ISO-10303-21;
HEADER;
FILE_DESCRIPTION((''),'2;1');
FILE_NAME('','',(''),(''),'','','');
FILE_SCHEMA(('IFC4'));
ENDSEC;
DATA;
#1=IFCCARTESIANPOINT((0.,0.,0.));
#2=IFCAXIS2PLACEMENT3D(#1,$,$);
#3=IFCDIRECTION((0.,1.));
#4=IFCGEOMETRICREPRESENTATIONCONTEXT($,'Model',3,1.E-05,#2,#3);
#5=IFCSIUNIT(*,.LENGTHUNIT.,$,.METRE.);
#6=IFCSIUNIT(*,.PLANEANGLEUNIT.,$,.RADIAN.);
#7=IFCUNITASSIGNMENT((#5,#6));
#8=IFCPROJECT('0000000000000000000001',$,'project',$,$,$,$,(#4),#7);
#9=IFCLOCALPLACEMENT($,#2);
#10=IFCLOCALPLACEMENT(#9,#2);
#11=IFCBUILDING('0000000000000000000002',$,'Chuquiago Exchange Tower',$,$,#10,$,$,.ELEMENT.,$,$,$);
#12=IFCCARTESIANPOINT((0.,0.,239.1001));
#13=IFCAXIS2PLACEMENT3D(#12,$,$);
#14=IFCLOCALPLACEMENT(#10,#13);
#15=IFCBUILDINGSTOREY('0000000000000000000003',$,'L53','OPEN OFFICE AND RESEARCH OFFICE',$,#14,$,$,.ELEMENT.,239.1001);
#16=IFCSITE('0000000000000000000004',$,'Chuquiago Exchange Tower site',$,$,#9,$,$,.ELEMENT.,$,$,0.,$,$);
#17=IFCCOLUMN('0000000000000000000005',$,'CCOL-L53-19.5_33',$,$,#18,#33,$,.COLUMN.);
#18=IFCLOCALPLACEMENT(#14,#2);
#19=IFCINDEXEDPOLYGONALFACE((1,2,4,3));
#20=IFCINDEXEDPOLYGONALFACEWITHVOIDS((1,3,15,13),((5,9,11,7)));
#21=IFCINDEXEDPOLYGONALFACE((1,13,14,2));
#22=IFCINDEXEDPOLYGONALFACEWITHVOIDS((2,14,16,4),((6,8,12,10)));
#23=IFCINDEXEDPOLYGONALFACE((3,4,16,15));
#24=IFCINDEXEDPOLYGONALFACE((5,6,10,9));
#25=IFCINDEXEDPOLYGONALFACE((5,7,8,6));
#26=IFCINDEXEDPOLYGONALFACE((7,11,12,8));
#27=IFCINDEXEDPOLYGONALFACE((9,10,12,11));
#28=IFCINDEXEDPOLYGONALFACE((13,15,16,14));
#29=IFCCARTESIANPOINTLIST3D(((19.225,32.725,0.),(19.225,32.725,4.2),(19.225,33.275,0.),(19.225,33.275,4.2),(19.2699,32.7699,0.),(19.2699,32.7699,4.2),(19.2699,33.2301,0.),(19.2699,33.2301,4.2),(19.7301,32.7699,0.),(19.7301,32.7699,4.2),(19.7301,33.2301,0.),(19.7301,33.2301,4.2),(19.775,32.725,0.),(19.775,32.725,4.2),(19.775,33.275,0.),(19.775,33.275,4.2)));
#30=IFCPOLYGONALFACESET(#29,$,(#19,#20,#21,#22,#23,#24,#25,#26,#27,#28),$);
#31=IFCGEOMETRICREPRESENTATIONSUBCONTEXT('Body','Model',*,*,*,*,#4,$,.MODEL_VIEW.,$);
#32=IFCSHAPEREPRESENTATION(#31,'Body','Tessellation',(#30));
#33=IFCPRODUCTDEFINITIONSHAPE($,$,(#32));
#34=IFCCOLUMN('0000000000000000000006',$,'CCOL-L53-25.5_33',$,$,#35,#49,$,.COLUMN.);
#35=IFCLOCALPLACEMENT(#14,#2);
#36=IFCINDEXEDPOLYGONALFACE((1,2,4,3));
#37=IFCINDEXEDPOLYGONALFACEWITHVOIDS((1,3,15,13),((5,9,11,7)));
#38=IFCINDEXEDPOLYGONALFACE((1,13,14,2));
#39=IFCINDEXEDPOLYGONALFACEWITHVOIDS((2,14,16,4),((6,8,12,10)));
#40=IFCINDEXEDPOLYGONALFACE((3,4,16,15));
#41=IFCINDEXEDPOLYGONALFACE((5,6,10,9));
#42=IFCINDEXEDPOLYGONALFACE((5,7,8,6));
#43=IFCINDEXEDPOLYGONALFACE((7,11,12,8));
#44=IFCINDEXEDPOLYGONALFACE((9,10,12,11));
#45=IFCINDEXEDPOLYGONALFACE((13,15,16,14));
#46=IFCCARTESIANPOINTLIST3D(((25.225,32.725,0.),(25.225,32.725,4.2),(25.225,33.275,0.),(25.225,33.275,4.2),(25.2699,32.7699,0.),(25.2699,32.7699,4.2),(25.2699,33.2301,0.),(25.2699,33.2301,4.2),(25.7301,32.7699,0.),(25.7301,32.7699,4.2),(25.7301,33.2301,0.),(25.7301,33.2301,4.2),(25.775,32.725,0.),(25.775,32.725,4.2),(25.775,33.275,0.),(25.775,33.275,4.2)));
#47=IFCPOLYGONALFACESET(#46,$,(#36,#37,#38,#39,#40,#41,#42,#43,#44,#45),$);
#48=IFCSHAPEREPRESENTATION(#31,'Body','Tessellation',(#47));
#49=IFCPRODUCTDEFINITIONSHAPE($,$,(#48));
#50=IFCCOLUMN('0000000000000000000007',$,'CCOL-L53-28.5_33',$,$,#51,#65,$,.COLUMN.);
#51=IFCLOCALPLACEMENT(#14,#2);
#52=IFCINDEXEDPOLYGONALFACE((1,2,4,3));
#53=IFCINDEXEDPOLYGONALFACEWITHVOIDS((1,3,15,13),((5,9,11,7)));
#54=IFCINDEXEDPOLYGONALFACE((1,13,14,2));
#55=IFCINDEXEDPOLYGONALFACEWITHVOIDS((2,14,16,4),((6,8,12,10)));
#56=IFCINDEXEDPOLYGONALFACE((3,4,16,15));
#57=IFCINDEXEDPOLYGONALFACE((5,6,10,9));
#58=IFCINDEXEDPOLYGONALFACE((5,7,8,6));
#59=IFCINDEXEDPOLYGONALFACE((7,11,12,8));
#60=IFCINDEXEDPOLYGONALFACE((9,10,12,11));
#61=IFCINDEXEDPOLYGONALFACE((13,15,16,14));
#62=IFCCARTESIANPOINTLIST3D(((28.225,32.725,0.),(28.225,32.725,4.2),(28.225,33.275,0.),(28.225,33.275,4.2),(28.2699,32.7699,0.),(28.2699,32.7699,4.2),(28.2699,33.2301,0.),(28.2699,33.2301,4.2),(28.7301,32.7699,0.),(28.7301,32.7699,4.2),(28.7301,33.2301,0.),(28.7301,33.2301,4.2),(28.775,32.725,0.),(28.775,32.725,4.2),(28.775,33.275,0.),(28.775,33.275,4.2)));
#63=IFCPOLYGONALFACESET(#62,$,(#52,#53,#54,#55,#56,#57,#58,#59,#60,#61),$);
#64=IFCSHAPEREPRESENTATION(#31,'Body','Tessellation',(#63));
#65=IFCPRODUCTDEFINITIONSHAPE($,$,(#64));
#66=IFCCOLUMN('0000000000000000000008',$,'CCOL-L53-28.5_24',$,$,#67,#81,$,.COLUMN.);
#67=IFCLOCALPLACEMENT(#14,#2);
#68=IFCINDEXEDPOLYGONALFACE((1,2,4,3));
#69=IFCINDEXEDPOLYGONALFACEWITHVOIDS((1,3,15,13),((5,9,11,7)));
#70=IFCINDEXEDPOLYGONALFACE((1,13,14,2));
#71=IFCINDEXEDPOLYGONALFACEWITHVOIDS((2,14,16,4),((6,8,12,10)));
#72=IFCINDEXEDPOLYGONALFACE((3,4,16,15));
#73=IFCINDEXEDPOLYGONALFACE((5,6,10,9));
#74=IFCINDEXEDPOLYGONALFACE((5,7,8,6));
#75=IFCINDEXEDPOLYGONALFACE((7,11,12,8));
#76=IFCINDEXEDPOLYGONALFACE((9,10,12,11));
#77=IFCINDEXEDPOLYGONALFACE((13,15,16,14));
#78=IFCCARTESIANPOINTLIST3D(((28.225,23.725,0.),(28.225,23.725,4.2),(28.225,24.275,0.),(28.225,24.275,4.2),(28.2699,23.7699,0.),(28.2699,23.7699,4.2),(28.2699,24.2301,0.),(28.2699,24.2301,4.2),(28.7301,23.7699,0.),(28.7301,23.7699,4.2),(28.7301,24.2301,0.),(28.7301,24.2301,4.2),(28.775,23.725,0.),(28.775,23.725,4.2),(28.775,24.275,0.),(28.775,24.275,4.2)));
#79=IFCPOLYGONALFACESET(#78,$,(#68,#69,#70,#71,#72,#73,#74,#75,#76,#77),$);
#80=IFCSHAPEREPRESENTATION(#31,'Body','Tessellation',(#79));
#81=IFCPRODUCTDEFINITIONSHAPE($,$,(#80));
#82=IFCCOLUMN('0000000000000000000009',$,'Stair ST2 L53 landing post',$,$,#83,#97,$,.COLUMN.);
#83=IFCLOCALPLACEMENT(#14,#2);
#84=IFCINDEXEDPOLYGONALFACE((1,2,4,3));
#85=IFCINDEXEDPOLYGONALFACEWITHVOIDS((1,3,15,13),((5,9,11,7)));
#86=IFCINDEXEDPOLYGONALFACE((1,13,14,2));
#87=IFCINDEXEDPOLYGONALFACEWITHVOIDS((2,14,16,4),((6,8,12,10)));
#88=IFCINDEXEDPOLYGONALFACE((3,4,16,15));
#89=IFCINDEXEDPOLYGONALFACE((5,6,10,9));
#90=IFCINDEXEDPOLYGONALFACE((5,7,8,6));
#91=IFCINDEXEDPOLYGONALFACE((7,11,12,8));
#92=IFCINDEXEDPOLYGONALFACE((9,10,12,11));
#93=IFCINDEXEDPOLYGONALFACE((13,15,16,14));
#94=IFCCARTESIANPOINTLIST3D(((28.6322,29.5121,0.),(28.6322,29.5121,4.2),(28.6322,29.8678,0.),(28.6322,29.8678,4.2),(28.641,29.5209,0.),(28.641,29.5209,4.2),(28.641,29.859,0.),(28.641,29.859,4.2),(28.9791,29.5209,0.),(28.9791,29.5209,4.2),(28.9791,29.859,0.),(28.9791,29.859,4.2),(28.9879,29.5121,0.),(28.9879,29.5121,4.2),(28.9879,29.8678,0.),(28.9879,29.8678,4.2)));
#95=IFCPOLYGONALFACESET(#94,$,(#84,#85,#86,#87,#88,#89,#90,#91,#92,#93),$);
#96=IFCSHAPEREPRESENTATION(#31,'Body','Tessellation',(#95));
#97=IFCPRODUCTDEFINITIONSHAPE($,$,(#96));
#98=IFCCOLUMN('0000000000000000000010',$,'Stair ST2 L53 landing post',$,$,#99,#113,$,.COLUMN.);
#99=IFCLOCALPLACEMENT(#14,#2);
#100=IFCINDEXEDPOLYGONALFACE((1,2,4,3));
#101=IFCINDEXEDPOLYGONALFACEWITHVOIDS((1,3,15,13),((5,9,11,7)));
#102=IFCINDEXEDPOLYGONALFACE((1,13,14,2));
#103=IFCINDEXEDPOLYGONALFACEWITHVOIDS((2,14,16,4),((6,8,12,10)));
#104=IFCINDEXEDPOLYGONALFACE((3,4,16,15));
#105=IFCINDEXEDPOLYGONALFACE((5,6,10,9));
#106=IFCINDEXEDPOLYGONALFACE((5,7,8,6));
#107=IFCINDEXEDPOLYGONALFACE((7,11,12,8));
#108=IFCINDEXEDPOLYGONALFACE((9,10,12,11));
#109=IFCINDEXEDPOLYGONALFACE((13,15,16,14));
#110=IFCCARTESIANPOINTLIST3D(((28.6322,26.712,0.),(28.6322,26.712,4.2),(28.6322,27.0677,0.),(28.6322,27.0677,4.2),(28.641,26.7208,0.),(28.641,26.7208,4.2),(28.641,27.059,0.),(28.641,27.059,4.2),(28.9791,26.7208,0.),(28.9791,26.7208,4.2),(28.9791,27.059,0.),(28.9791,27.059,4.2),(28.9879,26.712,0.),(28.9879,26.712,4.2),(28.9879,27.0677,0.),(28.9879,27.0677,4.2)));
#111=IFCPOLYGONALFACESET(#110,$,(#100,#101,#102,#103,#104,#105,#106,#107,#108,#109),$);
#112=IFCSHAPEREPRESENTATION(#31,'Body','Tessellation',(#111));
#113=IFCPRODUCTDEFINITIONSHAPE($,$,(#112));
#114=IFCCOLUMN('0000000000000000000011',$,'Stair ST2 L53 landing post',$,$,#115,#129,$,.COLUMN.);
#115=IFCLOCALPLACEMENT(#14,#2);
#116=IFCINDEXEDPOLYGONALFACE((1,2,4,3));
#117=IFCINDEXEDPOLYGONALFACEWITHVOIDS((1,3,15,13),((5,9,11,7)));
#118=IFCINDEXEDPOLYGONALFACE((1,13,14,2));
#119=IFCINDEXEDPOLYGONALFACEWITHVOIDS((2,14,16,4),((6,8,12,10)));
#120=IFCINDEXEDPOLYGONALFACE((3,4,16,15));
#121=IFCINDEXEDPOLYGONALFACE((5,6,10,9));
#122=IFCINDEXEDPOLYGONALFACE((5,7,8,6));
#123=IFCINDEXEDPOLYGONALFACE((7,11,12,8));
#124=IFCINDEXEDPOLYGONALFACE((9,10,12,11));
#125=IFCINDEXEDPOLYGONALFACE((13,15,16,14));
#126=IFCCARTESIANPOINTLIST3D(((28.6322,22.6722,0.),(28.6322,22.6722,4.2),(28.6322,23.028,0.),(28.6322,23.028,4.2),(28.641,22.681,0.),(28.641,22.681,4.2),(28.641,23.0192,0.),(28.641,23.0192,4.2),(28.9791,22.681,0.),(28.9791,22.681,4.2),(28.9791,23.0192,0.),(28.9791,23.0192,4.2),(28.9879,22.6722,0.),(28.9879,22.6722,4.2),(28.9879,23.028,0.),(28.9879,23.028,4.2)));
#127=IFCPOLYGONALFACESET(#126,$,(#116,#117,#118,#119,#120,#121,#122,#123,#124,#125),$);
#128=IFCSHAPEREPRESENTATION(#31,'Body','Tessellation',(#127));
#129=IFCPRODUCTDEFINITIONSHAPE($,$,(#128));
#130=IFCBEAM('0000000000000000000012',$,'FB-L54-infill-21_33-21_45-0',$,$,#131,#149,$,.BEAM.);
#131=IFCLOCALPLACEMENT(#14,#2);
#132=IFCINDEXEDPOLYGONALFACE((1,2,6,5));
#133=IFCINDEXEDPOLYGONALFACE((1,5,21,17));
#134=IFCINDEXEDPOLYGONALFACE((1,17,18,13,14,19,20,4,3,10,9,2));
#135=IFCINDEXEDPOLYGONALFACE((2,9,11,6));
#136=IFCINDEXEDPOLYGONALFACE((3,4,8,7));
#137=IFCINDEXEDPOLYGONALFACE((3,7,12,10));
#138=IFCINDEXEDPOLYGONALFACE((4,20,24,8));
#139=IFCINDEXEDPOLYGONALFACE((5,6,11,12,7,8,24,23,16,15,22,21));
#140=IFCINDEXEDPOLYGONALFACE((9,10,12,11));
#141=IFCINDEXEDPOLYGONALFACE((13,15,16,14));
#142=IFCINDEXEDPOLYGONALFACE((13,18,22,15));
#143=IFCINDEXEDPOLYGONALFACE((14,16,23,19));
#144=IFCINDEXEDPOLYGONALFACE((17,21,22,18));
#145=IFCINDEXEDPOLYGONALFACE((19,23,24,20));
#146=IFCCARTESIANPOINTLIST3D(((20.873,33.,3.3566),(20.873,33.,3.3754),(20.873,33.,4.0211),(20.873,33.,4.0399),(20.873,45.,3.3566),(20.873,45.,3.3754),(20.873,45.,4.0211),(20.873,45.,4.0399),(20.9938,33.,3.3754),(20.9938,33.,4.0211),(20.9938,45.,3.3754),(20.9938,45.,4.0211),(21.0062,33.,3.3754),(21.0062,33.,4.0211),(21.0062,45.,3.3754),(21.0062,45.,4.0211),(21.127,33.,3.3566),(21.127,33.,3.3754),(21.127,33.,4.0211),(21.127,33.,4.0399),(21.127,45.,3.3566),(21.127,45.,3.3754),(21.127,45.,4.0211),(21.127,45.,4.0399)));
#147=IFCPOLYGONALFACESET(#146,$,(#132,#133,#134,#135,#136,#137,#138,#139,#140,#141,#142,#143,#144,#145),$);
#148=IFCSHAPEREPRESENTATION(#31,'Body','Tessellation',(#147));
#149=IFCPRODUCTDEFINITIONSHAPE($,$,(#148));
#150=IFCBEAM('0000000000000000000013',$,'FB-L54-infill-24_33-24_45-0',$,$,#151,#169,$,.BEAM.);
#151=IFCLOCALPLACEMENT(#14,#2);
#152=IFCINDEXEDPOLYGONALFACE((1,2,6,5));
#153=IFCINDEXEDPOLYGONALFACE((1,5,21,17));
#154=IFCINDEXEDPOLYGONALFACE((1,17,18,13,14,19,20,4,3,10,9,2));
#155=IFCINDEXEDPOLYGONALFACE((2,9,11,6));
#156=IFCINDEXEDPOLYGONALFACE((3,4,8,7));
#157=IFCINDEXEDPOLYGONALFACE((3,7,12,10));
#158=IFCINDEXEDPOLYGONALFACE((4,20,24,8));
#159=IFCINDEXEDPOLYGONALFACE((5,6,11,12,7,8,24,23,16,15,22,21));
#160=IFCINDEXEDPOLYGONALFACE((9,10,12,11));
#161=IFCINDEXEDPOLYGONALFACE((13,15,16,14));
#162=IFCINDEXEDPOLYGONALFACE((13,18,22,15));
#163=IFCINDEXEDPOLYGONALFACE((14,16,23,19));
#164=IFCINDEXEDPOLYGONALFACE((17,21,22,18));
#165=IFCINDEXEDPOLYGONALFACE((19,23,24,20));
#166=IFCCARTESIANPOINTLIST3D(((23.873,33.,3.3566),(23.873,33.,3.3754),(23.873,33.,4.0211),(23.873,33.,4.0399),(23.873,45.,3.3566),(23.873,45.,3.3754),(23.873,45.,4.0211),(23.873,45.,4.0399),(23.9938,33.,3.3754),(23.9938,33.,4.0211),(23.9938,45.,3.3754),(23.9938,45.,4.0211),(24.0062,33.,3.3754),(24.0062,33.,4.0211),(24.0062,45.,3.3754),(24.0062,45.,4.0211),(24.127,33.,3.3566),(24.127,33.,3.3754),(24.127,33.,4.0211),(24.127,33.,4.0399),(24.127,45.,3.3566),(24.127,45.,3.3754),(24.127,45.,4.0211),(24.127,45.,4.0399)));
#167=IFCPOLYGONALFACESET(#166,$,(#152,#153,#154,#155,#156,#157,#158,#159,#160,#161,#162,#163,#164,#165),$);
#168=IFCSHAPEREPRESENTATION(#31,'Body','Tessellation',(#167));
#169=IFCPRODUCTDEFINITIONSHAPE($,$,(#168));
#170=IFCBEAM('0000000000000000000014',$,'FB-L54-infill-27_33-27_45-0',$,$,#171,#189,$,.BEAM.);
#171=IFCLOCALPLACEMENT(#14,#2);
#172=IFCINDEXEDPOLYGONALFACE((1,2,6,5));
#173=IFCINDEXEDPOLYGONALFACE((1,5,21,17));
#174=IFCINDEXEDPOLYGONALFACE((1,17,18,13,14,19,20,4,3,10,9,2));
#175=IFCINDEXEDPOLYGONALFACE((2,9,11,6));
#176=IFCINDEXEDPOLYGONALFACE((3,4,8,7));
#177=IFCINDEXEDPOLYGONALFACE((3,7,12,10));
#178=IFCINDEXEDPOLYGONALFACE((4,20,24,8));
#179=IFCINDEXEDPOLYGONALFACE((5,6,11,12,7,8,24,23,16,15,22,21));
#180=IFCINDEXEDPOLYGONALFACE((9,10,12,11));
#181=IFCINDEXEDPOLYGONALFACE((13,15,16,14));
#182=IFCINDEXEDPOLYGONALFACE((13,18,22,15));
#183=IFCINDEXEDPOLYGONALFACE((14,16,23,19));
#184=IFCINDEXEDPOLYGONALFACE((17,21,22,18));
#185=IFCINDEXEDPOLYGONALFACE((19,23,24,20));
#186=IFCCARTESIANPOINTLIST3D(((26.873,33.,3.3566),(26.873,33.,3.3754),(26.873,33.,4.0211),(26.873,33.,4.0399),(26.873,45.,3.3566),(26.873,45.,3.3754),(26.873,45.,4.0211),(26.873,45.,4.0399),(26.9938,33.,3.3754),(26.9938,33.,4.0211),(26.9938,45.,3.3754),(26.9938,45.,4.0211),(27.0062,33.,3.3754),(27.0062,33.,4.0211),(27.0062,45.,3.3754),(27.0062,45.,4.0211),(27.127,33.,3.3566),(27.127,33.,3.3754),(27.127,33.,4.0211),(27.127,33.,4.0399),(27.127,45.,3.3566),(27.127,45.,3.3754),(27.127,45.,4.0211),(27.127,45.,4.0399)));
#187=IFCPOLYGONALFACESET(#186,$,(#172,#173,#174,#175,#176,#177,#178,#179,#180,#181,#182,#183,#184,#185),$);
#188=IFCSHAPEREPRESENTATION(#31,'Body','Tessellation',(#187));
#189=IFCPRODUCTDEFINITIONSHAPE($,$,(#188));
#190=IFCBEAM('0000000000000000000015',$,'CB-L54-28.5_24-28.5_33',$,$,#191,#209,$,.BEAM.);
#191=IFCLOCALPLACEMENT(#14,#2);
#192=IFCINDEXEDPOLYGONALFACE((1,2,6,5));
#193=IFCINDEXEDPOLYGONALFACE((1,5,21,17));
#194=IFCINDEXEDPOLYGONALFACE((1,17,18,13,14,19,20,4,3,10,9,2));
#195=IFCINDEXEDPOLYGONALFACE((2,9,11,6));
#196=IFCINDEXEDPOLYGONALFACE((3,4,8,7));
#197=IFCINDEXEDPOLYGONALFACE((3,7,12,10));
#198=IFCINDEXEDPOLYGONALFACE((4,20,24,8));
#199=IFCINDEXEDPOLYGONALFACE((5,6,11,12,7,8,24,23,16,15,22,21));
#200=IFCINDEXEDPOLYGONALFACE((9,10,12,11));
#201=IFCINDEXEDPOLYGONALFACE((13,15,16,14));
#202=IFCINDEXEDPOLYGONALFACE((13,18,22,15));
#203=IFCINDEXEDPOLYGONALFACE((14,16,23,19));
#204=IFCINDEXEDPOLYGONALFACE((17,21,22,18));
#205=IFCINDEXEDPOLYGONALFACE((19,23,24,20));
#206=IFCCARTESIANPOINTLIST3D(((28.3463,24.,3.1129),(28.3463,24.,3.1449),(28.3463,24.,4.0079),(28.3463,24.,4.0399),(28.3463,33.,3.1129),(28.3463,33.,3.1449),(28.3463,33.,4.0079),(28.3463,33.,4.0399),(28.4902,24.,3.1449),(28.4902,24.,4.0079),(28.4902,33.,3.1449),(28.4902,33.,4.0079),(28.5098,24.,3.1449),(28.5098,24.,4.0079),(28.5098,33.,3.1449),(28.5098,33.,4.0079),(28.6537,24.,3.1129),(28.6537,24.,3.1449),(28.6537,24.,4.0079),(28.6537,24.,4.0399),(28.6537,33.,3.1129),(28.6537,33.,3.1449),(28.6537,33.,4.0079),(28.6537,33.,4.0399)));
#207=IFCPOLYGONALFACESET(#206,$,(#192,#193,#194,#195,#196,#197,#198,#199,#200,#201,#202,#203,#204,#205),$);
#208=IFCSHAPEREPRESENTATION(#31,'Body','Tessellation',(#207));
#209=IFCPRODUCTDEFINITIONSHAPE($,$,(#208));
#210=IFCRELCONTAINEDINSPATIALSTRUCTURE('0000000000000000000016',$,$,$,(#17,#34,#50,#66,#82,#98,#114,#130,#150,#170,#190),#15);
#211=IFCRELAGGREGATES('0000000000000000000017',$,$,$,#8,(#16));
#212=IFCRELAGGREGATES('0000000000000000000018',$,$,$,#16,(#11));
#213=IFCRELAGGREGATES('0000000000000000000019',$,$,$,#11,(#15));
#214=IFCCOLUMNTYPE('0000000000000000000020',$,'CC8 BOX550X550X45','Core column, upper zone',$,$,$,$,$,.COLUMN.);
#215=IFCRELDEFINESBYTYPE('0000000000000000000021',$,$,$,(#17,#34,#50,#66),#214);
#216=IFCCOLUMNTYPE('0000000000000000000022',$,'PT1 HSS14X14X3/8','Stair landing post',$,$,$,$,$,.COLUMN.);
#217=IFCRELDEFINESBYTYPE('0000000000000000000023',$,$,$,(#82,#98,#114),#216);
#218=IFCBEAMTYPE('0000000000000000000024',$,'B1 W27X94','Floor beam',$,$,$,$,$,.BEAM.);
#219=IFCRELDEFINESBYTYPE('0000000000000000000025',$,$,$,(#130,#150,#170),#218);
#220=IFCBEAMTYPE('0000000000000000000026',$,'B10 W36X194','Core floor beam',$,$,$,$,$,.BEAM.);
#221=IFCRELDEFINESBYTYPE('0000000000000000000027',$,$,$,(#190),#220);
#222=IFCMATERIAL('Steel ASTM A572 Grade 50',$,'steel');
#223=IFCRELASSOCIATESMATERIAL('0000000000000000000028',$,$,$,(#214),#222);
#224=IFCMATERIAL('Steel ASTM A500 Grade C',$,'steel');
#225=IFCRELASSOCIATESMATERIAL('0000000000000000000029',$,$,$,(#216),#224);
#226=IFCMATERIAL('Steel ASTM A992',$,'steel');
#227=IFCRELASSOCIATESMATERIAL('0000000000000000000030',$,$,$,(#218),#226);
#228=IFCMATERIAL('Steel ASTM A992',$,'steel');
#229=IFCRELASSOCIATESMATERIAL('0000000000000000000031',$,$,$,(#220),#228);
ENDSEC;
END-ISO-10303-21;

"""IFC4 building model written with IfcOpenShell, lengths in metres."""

from ifc_helpers import new_model, si_unit, direction, frame, origin, origin_2d, place, context, subcontext, project, spatial, hollow_rectangle, i_section, extrude, material, material_profile, profile_set, type_object, element, save


model = new_model("IFC4")

# Units and contexts
model_context = context("Model", 3, precision=1e-05, world=origin(), true_north=direction((0.0, 1.0)))
body_context = subcontext(model_context, "Body", "Model", "MODEL_VIEW")
ifc_project = project(units=[si_unit("LENGTHUNIT", "METRE"), si_unit("PLANEANGLEUNIT", "RADIAN")], contexts=[model_context])

# Site, building, storey
site_placement = place(None, origin())
site = spatial("IfcSite", under=ifc_project, at=site_placement, Name="Chuquiago Exchange Tower site", CompositionType="ELEMENT", RefElevation=0.0)
building_placement = place(site_placement, origin())
building = spatial("IfcBuilding", under=site, at=building_placement, Name="Chuquiago Exchange Tower", CompositionType="ELEMENT")
storey_placement = place(building_placement, frame((0.0, 0.0, 239.1001)))
storey = spatial("IfcBuildingStorey", under=building, at=storey_placement, Name="L53", Description="OPEN OFFICE AND RESEARCH OFFICE", CompositionType="ELEMENT", Elevation=239.1001)

# Columns
ifc_material_1 = material(Name="Steel ASTM A572 Grade 50", Category="steel")
ifc_material_profile_1 = material_profile(ifc_material_1, hollow_rectangle(XDim=0.55, YDim=0.55, WallThickness=0.0449, at=origin_2d()), Name="BOX550X550X45")
ifc_profile_set_1 = profile_set([ifc_material_profile_1], Name="Steel ASTM A572 Grade 50")
column_type_1 = type_object("IfcColumnType", Name="CC8 BOX550X550X45", Description="Core column, upper zone", PredefinedType="COLUMN", material=ifc_profile_set_1)
for number, where, z_axis, x_axis, name in (
    (1, (19.5, 33.0, 0.0), (0.0, 0.0, 1.0), (1.0, 0.0, 0.0), "CCOL-L53-19.5_33"),
    (2, (25.5, 33.0, 0.0), (0.0, 0.0, 1.0), (1.0, 0.0, 0.0), "CCOL-L53-25.5_33"),
    (3, (28.5, 33.0, 0.0), (0.0, 0.0, 1.0), (1.0, 0.0, 0.0), "CCOL-L53-28.5_33"),
    (4, (28.5, 24.0, 0.0), (0.0, 0.0, 1.0), (1.0, 0.0, 0.0), "CCOL-L53-28.5_24"),
):
    element("IfcColumn", number, at=place(storey_placement, frame(where, z_axis=z_axis, x_axis=x_axis)), inside=storey, type_object=column_type_1, Name=name, PredefinedType="COLUMN", context=body_context, shape_type="SweptSolid", body=[
        extrude(hollow_rectangle(XDim=0.55, YDim=0.55, WallThickness=0.0449, at=origin_2d()), origin(), (0.0, 0.0, 1.0), 4.2),
    ])
ifc_material_2 = material(Name="Steel ASTM A500 Grade C", Category="steel")
ifc_material_profile_2 = material_profile(ifc_material_2, hollow_rectangle(XDim=0.3557, YDim=0.3557, WallThickness=0.0088, at=origin_2d()), Name="HSS14X14X3/8")
ifc_profile_set_2 = profile_set([ifc_material_profile_2], Name="Steel ASTM A500 Grade C")
column_type_2 = type_object("IfcColumnType", Name="PT1 HSS14X14X3/8", Description="Stair landing post", PredefinedType="COLUMN", material=ifc_profile_set_2)
for number, where, z_axis, x_axis, name in (
    (5, (28.8101, 29.6899, 0.0), (0.0, 0.0, 1.0), (1.0, 0.0, 0.0), "Stair ST2 L53 landing post"),
    (6, (28.8101, 26.8899, 0.0), (0.0, 0.0, 1.0), (1.0, 0.0, 0.0), "Stair ST2 L53 landing post"),
    (7, (28.8101, 22.8501, 0.0), (0.0, 0.0, 1.0), (1.0, 0.0, 0.0), "Stair ST2 L53 landing post"),
):
    element("IfcColumn", number, at=place(storey_placement, frame(where, z_axis=z_axis, x_axis=x_axis)), inside=storey, type_object=column_type_2, Name=name, PredefinedType="COLUMN", context=body_context, shape_type="SweptSolid", body=[
        extrude(hollow_rectangle(XDim=0.3557, YDim=0.3557, WallThickness=0.0088, at=origin_2d()), origin(), (0.0, 0.0, 1.0), 4.2),
    ])

# Beams
ifc_material_3 = material(Name="Steel ASTM A992", Category="steel")
ifc_material_profile_3 = material_profile(ifc_material_3, i_section(OverallWidth=0.2539, OverallDepth=0.6833, WebThickness=0.0125, FlangeThickness=0.0188, at=origin_2d()), Name="W27X94")
ifc_profile_set_3 = profile_set([ifc_material_profile_3], Name="Steel ASTM A992")
beam_type_1 = type_object("IfcBeamType", Name="B1 W27X94", Description="Floor beam", PredefinedType="BEAM", material=ifc_profile_set_3)
for number, where, z_axis, x_axis, name in (
    (8, (21.0, 33.0, 3.6982), (0.0, 1.0, 0.0), (-1.0, 0.0, 0.0), "FB-L54-infill-21_33-21_45-0"),
    (9, (24.0, 33.0, 3.6982), (0.0, 1.0, 0.0), (-1.0, 0.0, 0.0), "FB-L54-infill-24_33-24_45-0"),
    (10, (27.0, 33.0, 3.6982), (0.0, 1.0, 0.0), (-1.0, 0.0, 0.0), "FB-L54-infill-27_33-27_45-0"),
):
    element("IfcBeam", number, at=place(storey_placement, frame(where, z_axis=z_axis, x_axis=x_axis)), inside=storey, type_object=beam_type_1, Name=name, PredefinedType="BEAM", context=body_context, shape_type="SweptSolid", body=[
        extrude(i_section(OverallWidth=0.2539, OverallDepth=0.6833, WebThickness=0.0125, FlangeThickness=0.0188, at=origin_2d()), origin(), (0.0, 0.0, 1.0), 12.0),
    ])
ifc_material_4 = material(Name="Steel ASTM A992", Category="steel")
ifc_material_profile_4 = material_profile(ifc_material_4, i_section(OverallWidth=0.3074, OverallDepth=0.927, WebThickness=0.0195, FlangeThickness=0.032, at=origin_2d()), Name="W36X194")
ifc_profile_set_4 = profile_set([ifc_material_profile_4], Name="Steel ASTM A992")
beam_type_2 = type_object("IfcBeamType", Name="B10 W36X194", Description="Core floor beam", PredefinedType="BEAM", material=ifc_profile_set_4)
beam_1_placement = place(storey_placement, frame((28.5, 24.0, 3.5764), z_axis=(0.0, 1.0, 0.0), x_axis=(-1.0, 0.0, 0.0)))
element("IfcBeam", 11, at=beam_1_placement, inside=storey, type_object=beam_type_2, Name="CB-L54-28.5_24-28.5_33", PredefinedType="BEAM", context=body_context, shape_type="SweptSolid", body=[
    extrude(i_section(OverallWidth=0.3074, OverallDepth=0.927, WebThickness=0.0195, FlangeThickness=0.032, at=origin_2d()), origin(), (0.0, 0.0, 1.0), 9.0),
])

save(model, "model.ifc")
